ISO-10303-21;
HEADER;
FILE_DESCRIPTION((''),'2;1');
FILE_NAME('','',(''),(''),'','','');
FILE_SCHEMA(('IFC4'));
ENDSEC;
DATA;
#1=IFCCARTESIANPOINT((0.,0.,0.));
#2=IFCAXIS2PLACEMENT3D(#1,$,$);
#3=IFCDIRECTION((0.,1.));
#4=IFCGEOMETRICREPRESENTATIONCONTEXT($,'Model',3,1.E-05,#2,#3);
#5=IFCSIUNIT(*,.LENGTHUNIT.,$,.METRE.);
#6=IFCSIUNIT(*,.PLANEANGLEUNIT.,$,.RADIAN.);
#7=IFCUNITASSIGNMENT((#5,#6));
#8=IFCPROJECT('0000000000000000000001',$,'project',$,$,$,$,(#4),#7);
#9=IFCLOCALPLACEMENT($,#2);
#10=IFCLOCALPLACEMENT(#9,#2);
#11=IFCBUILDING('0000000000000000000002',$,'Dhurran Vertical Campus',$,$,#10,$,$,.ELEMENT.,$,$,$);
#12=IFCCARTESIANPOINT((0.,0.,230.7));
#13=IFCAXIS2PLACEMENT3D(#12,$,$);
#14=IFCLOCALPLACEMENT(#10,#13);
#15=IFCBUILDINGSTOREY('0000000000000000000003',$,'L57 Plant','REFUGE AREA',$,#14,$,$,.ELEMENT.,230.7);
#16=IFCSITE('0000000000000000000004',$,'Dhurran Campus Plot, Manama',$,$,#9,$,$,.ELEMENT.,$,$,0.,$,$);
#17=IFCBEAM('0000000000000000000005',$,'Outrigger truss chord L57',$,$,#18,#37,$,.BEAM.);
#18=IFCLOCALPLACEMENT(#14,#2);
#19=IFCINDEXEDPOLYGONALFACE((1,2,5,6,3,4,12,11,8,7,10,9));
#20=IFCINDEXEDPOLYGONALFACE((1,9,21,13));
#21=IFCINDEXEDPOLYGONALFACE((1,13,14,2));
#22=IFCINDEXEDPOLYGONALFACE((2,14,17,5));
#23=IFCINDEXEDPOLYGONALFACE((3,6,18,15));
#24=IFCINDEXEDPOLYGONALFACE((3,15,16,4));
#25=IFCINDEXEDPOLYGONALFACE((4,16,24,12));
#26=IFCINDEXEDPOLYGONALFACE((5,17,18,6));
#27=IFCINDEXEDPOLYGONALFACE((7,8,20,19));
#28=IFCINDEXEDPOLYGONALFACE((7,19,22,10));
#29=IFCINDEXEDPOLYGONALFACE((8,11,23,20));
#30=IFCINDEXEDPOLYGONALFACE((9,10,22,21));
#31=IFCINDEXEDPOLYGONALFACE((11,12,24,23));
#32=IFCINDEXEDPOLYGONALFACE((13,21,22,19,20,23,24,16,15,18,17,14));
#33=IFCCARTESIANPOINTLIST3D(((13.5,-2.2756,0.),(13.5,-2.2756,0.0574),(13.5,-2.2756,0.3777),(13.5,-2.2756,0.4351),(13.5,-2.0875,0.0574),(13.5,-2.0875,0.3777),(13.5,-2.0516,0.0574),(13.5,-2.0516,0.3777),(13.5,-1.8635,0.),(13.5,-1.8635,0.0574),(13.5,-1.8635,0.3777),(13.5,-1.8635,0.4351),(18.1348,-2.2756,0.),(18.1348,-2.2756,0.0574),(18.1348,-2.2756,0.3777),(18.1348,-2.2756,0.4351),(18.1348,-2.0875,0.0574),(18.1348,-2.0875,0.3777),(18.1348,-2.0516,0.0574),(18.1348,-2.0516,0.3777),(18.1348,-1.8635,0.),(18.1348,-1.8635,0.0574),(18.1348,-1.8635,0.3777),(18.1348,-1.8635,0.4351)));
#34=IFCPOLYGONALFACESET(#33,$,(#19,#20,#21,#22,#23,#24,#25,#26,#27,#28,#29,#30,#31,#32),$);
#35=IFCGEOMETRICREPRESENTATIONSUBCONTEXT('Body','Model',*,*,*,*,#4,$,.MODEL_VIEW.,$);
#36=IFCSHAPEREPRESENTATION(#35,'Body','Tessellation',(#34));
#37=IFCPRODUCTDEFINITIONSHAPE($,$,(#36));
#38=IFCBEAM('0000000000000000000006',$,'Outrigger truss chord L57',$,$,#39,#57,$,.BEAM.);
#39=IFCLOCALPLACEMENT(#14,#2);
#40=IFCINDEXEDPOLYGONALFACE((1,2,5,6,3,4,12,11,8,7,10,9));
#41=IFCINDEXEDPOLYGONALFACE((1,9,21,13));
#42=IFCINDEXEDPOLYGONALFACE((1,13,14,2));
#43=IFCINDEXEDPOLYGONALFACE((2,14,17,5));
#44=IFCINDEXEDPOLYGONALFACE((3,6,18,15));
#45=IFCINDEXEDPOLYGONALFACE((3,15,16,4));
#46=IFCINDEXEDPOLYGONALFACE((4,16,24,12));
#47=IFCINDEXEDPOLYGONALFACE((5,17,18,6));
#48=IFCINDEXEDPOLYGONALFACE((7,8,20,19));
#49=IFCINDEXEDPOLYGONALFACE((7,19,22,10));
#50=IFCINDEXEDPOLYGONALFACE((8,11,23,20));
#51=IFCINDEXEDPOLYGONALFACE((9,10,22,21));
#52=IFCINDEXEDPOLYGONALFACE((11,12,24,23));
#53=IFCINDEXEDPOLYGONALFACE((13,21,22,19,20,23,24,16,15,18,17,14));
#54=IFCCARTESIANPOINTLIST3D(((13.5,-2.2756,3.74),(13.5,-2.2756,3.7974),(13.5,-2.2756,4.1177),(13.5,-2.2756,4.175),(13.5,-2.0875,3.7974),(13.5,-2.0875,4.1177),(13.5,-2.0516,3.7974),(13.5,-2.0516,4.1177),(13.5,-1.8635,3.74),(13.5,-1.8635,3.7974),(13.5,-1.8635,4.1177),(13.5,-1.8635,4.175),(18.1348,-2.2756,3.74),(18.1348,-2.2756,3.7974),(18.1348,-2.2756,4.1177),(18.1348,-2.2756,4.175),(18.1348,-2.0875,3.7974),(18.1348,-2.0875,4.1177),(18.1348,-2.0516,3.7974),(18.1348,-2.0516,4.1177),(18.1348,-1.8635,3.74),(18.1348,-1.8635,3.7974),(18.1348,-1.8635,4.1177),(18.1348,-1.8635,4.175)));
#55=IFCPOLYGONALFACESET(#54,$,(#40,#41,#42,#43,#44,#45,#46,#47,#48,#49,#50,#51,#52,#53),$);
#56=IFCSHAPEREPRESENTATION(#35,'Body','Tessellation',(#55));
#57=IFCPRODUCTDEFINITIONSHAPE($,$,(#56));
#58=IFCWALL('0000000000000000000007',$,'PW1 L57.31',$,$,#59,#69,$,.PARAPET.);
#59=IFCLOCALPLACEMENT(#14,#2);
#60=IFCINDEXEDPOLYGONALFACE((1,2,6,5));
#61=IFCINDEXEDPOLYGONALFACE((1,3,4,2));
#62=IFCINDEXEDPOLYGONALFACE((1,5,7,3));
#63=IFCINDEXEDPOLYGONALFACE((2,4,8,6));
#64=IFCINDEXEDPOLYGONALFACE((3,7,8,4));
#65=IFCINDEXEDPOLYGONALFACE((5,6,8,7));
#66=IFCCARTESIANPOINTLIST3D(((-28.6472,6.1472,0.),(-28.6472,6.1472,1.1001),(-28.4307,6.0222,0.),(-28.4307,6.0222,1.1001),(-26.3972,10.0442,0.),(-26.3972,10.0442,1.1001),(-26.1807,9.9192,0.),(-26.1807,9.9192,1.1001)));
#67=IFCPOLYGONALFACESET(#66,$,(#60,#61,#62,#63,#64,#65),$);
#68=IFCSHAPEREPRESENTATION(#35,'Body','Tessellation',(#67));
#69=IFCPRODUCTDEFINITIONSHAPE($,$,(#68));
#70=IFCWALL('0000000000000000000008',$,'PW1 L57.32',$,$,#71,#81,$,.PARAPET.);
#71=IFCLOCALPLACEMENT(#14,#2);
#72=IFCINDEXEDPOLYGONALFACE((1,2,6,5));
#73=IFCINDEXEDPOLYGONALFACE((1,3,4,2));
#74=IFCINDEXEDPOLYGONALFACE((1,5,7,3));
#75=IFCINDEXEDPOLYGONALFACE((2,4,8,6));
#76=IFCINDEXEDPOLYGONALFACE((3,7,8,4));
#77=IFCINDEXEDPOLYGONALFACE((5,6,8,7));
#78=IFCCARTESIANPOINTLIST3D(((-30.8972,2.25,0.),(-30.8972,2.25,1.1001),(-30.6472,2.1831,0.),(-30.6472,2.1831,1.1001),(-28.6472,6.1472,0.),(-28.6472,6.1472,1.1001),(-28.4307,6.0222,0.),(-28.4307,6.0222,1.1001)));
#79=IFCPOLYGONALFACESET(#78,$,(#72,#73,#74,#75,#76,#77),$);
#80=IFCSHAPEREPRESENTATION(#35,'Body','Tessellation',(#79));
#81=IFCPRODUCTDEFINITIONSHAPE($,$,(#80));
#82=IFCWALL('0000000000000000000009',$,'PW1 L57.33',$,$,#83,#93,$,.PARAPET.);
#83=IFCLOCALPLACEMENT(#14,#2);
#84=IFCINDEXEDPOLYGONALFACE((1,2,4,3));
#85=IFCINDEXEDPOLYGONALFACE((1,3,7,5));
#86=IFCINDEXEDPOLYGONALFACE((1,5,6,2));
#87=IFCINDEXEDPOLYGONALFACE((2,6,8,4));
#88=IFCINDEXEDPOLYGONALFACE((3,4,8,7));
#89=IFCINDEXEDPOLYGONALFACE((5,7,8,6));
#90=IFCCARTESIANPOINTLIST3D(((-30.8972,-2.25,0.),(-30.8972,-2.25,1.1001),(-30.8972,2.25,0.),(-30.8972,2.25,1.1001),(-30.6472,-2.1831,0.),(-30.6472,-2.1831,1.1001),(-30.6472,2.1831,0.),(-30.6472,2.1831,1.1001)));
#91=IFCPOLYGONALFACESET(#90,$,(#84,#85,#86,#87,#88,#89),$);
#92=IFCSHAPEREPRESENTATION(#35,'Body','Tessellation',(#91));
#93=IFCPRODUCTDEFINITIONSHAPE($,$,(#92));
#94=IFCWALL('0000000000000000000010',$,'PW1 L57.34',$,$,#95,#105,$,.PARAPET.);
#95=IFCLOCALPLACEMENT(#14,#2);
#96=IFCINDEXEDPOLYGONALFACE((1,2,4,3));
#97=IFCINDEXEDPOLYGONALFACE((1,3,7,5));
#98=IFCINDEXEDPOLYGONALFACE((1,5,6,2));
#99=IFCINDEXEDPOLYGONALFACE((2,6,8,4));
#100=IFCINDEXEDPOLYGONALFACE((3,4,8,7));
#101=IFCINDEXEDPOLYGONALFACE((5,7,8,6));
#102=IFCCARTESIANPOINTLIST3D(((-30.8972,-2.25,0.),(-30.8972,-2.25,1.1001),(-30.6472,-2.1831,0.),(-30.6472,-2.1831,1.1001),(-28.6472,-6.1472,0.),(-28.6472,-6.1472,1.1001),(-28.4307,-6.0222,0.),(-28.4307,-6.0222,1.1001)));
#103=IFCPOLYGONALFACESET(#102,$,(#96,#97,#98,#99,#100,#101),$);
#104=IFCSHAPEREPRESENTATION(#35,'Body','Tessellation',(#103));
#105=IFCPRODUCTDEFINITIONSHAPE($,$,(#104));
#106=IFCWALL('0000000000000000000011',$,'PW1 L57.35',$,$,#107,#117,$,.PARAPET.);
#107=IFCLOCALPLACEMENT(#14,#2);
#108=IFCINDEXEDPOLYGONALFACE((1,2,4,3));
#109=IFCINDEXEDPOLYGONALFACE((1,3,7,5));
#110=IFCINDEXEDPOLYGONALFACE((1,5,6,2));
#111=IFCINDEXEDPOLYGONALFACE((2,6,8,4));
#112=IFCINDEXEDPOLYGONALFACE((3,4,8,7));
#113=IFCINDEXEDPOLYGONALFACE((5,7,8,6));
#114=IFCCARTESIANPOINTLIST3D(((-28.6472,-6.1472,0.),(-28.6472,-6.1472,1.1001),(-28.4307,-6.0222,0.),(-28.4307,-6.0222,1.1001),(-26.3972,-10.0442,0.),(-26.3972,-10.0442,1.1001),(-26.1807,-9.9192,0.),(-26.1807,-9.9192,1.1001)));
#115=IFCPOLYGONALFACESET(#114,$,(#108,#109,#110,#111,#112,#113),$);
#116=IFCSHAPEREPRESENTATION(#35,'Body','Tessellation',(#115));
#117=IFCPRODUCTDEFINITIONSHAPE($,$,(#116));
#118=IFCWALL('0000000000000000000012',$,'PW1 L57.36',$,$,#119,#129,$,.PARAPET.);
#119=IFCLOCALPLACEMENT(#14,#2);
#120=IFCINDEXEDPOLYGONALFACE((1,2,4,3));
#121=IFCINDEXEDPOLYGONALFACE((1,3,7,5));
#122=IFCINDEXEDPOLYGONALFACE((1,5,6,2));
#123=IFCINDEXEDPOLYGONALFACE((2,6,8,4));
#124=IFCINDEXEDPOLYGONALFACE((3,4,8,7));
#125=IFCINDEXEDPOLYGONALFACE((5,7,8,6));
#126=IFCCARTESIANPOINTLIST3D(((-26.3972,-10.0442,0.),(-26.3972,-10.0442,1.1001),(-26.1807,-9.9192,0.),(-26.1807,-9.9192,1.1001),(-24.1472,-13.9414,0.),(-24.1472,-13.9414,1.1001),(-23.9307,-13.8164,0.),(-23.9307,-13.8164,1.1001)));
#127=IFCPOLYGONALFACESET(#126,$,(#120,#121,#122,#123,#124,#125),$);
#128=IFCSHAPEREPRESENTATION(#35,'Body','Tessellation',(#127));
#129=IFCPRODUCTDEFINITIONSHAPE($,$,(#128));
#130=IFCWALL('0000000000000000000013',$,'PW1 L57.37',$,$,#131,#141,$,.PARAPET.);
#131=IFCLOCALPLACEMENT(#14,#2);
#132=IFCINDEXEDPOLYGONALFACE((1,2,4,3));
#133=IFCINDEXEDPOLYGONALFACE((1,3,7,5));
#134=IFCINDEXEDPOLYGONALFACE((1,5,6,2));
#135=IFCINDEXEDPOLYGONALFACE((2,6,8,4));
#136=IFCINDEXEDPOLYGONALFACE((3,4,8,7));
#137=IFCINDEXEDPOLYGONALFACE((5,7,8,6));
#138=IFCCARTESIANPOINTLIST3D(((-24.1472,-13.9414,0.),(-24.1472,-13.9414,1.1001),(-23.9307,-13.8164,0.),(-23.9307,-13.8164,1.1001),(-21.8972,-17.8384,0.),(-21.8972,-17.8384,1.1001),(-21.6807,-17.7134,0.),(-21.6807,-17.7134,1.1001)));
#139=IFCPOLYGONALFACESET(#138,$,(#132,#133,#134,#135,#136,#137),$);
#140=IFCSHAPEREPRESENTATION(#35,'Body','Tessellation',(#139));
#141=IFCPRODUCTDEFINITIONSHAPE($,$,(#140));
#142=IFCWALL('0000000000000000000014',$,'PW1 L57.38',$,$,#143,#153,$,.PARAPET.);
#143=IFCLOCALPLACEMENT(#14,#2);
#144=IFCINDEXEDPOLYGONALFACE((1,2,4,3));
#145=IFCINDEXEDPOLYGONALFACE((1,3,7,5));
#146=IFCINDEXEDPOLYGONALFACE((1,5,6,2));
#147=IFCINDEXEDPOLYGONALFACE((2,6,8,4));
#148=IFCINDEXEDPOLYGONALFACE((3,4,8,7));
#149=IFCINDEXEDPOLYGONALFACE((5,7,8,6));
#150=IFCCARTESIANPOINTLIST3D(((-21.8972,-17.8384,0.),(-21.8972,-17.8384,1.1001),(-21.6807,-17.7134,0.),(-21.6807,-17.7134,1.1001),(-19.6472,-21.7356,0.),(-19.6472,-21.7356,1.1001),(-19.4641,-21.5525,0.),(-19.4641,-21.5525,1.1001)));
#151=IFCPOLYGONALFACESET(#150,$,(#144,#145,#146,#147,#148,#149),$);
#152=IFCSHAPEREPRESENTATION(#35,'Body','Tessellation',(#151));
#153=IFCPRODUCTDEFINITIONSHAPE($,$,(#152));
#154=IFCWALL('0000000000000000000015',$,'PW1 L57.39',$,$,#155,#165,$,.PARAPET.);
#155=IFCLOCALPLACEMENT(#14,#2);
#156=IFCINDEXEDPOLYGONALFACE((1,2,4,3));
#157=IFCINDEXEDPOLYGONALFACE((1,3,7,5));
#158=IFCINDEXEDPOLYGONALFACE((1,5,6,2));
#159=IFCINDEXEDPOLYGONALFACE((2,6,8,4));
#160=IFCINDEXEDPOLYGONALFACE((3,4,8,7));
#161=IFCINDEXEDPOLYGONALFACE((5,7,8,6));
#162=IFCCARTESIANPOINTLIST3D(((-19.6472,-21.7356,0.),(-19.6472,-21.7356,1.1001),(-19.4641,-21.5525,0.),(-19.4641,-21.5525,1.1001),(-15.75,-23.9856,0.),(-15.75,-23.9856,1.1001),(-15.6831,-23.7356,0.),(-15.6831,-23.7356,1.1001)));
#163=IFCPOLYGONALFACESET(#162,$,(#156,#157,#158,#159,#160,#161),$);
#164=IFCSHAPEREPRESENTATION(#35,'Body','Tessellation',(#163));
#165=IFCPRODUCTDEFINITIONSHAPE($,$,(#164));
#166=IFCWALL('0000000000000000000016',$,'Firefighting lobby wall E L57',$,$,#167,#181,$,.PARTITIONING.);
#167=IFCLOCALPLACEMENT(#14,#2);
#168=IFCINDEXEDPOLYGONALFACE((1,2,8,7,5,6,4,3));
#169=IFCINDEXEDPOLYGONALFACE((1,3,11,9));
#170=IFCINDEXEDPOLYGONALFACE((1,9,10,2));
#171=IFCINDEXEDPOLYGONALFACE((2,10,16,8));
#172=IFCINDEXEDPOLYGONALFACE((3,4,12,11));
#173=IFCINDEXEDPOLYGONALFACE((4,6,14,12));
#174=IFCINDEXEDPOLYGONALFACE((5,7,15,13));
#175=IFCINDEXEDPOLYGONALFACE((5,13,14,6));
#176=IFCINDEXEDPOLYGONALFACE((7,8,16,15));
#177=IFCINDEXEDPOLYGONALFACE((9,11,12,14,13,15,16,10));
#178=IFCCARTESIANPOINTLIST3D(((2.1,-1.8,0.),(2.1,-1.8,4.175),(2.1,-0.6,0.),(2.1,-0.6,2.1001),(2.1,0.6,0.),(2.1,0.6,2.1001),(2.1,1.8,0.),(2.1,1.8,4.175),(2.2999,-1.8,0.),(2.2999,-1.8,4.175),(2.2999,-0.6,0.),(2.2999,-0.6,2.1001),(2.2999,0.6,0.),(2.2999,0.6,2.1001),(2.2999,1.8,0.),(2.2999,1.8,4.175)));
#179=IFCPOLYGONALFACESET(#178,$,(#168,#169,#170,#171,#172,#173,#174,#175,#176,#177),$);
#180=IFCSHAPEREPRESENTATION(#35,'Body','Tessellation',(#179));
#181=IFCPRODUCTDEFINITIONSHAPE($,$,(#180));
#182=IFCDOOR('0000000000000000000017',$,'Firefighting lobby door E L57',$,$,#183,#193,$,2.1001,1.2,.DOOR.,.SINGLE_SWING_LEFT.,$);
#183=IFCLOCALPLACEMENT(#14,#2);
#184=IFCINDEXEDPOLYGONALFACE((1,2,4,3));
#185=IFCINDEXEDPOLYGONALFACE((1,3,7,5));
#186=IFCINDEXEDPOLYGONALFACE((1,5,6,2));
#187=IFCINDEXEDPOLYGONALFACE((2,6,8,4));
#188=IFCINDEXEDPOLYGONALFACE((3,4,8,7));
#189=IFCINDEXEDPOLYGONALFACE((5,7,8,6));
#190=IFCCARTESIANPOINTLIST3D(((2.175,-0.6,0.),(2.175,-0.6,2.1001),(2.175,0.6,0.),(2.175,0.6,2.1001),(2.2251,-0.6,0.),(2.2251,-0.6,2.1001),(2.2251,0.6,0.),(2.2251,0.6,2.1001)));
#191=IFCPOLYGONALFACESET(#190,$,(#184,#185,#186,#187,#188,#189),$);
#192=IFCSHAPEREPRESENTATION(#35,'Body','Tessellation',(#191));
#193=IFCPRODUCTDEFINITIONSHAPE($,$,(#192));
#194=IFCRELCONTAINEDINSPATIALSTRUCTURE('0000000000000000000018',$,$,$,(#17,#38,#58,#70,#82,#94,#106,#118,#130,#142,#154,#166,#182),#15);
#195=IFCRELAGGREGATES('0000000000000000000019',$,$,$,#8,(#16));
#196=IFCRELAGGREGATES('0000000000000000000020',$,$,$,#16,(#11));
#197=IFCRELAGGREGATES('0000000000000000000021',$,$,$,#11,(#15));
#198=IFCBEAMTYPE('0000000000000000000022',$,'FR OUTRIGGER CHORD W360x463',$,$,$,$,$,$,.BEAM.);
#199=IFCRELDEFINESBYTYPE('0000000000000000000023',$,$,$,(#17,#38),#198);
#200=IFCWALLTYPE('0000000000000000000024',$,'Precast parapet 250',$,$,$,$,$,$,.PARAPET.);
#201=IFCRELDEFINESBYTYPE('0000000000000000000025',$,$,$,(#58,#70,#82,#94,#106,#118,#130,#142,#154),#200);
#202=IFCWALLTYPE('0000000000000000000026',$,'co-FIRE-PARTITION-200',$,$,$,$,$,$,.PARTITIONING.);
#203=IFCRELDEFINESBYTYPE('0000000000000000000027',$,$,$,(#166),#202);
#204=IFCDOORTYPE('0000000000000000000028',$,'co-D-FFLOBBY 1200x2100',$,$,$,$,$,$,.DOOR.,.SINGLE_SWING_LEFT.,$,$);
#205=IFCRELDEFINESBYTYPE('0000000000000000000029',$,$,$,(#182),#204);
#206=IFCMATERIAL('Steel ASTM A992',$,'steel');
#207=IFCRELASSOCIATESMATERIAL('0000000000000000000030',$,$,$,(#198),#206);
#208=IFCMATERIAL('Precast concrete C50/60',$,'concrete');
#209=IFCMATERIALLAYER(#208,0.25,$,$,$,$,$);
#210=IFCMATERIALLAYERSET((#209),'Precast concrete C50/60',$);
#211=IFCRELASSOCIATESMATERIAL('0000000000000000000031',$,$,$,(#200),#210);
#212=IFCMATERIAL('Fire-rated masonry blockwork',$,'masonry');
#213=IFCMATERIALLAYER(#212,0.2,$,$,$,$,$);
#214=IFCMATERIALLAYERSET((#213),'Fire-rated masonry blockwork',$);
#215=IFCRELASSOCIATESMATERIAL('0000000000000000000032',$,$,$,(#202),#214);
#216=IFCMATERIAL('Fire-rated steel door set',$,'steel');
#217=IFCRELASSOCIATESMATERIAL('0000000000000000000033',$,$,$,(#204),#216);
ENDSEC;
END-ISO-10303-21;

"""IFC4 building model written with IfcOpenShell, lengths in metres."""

from ifc_helpers import new_model, si_unit, direction, frame, frame_2d, origin, origin_2d, place, context, subcontext, project, spatial, polyline, rectangle, i_section, outline, extrude, material, layer, layer_set, material_profile, profile_set, type_object, element, fill, save


model = new_model("IFC4")

# Units and contexts
model_context = context("Model", 3, precision=1e-05, world=origin(), true_north=direction((0.0, 1.0)))
body_context = subcontext(model_context, "Body", "Model", "MODEL_VIEW")
ifc_project = project(units=[si_unit("LENGTHUNIT", "METRE"), si_unit("PLANEANGLEUNIT", "RADIAN")], contexts=[model_context])

# Site, building, storey
site_placement = place(None, origin())
site = spatial("IfcSite", under=ifc_project, at=site_placement, Name="Dhurran Campus Plot, Manama", CompositionType="ELEMENT", RefElevation=0.0)
building_placement = place(site_placement, origin())
building = spatial("IfcBuilding", under=site, at=building_placement, Name="Dhurran Vertical Campus", CompositionType="ELEMENT")
storey_placement = place(building_placement, frame((0.0, 0.0, 230.7)))
storey = spatial("IfcBuildingStorey", under=building, at=storey_placement, Name="L57 Plant", Description="REFUGE AREA", CompositionType="ELEMENT", Elevation=230.7)

# Beams
ifc_material_1 = material(Name="Steel ASTM A992", Category="steel")
ifc_material_profile = material_profile(ifc_material_1, i_section(OverallWidth=0.4121, OverallDepth=0.4351, WebThickness=0.0359, FlangeThickness=0.0574, at=origin_2d()), Name="W360x463")
ifc_profile_set = profile_set([ifc_material_profile], Name="Steel ASTM A992")
beam_type = type_object("IfcBeamType", Name="FR OUTRIGGER CHORD W360x463", PredefinedType="BEAM", material=ifc_profile_set)
for number, where, z_axis, x_axis, name in (
    (1, (13.5, -2.0696, 0.2175), (1.0, 0.0, 0.0), (0.0, 1.0, 0.0), "Outrigger truss chord L57"),
    (2, (13.5, -2.0696, 3.9575), (1.0, 0.0, 0.0), (0.0, 1.0, 0.0), "Outrigger truss chord L57"),
):
    element("IfcBeam", number, at=place(storey_placement, frame(where, z_axis=z_axis, x_axis=x_axis)), inside=storey, type_object=beam_type, Name=name, PredefinedType="BEAM", context=body_context, shape_type="SweptSolid", body=[
        extrude(i_section(OverallWidth=0.4121, OverallDepth=0.4351, WebThickness=0.0359, FlangeThickness=0.0574, at=origin_2d()), origin(), (0.0, 0.0, 1.0), 4.6348),
    ])

# Walls
ifc_material_2 = material(Name="Precast concrete C50/60", Category="concrete")
ifc_layer_1 = layer(ifc_material_2, 0.25)
ifc_layer_set_1 = layer_set([ifc_layer_1], Name="Precast concrete C50/60")
wall_type_1 = type_object("IfcWallType", Name="Precast parapet 250", PredefinedType="PARAPET", material=ifc_layer_set_1)
wall_1_placement = place(storey_placement, origin())
element("IfcWall", 3, at=wall_1_placement, inside=storey, type_object=wall_type_1, Name="PW1 L57.31", PredefinedType="PARAPET", context=body_context, shape_type="SweptSolid", body=[
    extrude(outline(polyline([(-26.3972, 10.0442), (-28.6472, 6.1472), (-28.4307, 6.0222), (-26.1807, 9.9192), (-26.3972, 10.0442)])), origin(), (0.0, 0.0, 1.0), 1.1001),
])
wall_2_placement = place(storey_placement, origin())
element("IfcWall", 4, at=wall_2_placement, inside=storey, type_object=wall_type_1, Name="PW1 L57.32", PredefinedType="PARAPET", context=body_context, shape_type="SweptSolid", body=[
    extrude(outline(polyline([(-28.6472, 6.1472), (-30.8972, 2.25), (-30.6472, 2.1831), (-28.4307, 6.0222), (-28.6472, 6.1472)])), origin(), (0.0, 0.0, 1.0), 1.1001),
])
wall_3_placement = place(storey_placement, origin())
element("IfcWall", 5, at=wall_3_placement, inside=storey, type_object=wall_type_1, Name="PW1 L57.33", PredefinedType="PARAPET", context=body_context, shape_type="SweptSolid", body=[
    extrude(outline(polyline([(-30.8972, 2.25), (-30.8972, -2.25), (-30.6472, -2.1831), (-30.6472, 2.1831), (-30.8972, 2.25)])), origin(), (0.0, 0.0, 1.0), 1.1001),
])
wall_4_placement = place(storey_placement, origin())
element("IfcWall", 6, at=wall_4_placement, inside=storey, type_object=wall_type_1, Name="PW1 L57.34", PredefinedType="PARAPET", context=body_context, shape_type="SweptSolid", body=[
    extrude(outline(polyline([(-30.8972, -2.25), (-28.6472, -6.1472), (-28.4307, -6.0222), (-30.6472, -2.1831), (-30.8972, -2.25)])), origin(), (0.0, 0.0, 1.0), 1.1001),
])
wall_5_placement = place(storey_placement, origin())
element("IfcWall", 7, at=wall_5_placement, inside=storey, type_object=wall_type_1, Name="PW1 L57.35", PredefinedType="PARAPET", context=body_context, shape_type="SweptSolid", body=[
    extrude(outline(polyline([(-28.6472, -6.1472), (-26.3972, -10.0442), (-26.1807, -9.9192), (-28.4307, -6.0222), (-28.6472, -6.1472)])), origin(), (0.0, 0.0, 1.0), 1.1001),
])
wall_6_placement = place(storey_placement, origin())
element("IfcWall", 8, at=wall_6_placement, inside=storey, type_object=wall_type_1, Name="PW1 L57.36", PredefinedType="PARAPET", context=body_context, shape_type="SweptSolid", body=[
    extrude(outline(polyline([(-26.3972, -10.0442), (-24.1472, -13.9414), (-23.9307, -13.8164), (-26.1807, -9.9192), (-26.3972, -10.0442)])), origin(), (0.0, 0.0, 1.0), 1.1001),
])
wall_7_placement = place(storey_placement, origin())
element("IfcWall", 9, at=wall_7_placement, inside=storey, type_object=wall_type_1, Name="PW1 L57.37", PredefinedType="PARAPET", context=body_context, shape_type="SweptSolid", body=[
    extrude(outline(polyline([(-24.1472, -13.9414), (-21.8972, -17.8384), (-21.6807, -17.7134), (-23.9307, -13.8164), (-24.1472, -13.9414)])), origin(), (0.0, 0.0, 1.0), 1.1001),
])
wall_8_placement = place(storey_placement, origin())
element("IfcWall", 10, at=wall_8_placement, inside=storey, type_object=wall_type_1, Name="PW1 L57.38", PredefinedType="PARAPET", context=body_context, shape_type="SweptSolid", body=[
    extrude(outline(polyline([(-21.8972, -17.8384), (-19.6472, -21.7356), (-19.4641, -21.5525), (-21.6807, -17.7134), (-21.8972, -17.8384)])), origin(), (0.0, 0.0, 1.0), 1.1001),
])
wall_9_placement = place(storey_placement, origin())
element("IfcWall", 11, at=wall_9_placement, inside=storey, type_object=wall_type_1, Name="PW1 L57.39", PredefinedType="PARAPET", context=body_context, shape_type="SweptSolid", body=[
    extrude(outline(polyline([(-19.6472, -21.7356), (-15.75, -23.9856), (-15.6831, -23.7356), (-19.4641, -21.5525), (-19.6472, -21.7356)])), origin(), (0.0, 0.0, 1.0), 1.1001),
])

# Wall, opening, door
ifc_material_3 = material(Name="Fire-rated masonry blockwork", Category="masonry")
ifc_layer_2 = layer(ifc_material_3, 0.2)
ifc_layer_set_2 = layer_set([ifc_layer_2], Name="Fire-rated masonry blockwork")
wall_type_2 = type_object("IfcWallType", Name="co-FIRE-PARTITION-200", PredefinedType="PARTITIONING", material=ifc_layer_set_2)
wall_10_placement = place(storey_placement, frame((2.2, -1.8, 0.0), z_axis=(0.0, 0.0, 1.0), x_axis=(0.0, 1.0, 0.0)))
wall_10 = element("IfcWall", 12, at=wall_10_placement, inside=storey, type_object=wall_type_2, Name="Firefighting lobby wall E L57", PredefinedType="PARTITIONING", context=body_context, shape_type="SweptSolid", body=[
    extrude(rectangle(XDim=3.6001, YDim=0.2, at=frame_2d((1.8, 0.0))), origin(), (0.0, 0.0, 1.0), 4.175),
])
opening_1_placement = place(wall_10_placement, frame((1.2, 0.0, 0.0)))
opening_1 = element("IfcOpeningElement", 13, at=opening_1_placement, cuts=wall_10, PredefinedType="OPENING", context=body_context, shape_type="SweptSolid", body=[
    extrude(rectangle(XDim=1.2, YDim=2.1001, at=frame_2d((0.6001, 1.05))), frame((0.0, 0.1099, 0.0), z_axis=(0.0, -1.0, 0.0), x_axis=(1.0, 0.0, 0.0)), (0.0, 0.0, 1.0), 0.22),
])
ifc_material_4 = material(Name="Fire-rated steel door set", Category="steel")
door_type_1 = type_object("IfcDoorType", Name="co-D-FFLOBBY 1200x2100", OperationType="SINGLE_SWING_LEFT", PredefinedType="DOOR", material=ifc_material_4)
door_1_placement = place(opening_1_placement, origin())
door_1 = element("IfcDoor", 14, at=door_1_placement, inside=storey, type_object=door_type_1, Name="Firefighting lobby door E L57", OperationType="SINGLE_SWING_LEFT", OverallHeight=2.1001, OverallWidth=1.2, PredefinedType="DOOR", context=body_context, shape_type="SweptSolid", body=[
    extrude(rectangle(XDim=1.2, YDim=2.1001, at=frame_2d((0.6001, 1.05))), frame((0.0, 0.0249, 0.0), z_axis=(0.0, -1.0, 0.0), x_axis=(1.0, 0.0, 0.0)), (0.0, 0.0, 1.0), 0.05),
])
fill(opening_1, door_1)

save(model, "model.ifc")
